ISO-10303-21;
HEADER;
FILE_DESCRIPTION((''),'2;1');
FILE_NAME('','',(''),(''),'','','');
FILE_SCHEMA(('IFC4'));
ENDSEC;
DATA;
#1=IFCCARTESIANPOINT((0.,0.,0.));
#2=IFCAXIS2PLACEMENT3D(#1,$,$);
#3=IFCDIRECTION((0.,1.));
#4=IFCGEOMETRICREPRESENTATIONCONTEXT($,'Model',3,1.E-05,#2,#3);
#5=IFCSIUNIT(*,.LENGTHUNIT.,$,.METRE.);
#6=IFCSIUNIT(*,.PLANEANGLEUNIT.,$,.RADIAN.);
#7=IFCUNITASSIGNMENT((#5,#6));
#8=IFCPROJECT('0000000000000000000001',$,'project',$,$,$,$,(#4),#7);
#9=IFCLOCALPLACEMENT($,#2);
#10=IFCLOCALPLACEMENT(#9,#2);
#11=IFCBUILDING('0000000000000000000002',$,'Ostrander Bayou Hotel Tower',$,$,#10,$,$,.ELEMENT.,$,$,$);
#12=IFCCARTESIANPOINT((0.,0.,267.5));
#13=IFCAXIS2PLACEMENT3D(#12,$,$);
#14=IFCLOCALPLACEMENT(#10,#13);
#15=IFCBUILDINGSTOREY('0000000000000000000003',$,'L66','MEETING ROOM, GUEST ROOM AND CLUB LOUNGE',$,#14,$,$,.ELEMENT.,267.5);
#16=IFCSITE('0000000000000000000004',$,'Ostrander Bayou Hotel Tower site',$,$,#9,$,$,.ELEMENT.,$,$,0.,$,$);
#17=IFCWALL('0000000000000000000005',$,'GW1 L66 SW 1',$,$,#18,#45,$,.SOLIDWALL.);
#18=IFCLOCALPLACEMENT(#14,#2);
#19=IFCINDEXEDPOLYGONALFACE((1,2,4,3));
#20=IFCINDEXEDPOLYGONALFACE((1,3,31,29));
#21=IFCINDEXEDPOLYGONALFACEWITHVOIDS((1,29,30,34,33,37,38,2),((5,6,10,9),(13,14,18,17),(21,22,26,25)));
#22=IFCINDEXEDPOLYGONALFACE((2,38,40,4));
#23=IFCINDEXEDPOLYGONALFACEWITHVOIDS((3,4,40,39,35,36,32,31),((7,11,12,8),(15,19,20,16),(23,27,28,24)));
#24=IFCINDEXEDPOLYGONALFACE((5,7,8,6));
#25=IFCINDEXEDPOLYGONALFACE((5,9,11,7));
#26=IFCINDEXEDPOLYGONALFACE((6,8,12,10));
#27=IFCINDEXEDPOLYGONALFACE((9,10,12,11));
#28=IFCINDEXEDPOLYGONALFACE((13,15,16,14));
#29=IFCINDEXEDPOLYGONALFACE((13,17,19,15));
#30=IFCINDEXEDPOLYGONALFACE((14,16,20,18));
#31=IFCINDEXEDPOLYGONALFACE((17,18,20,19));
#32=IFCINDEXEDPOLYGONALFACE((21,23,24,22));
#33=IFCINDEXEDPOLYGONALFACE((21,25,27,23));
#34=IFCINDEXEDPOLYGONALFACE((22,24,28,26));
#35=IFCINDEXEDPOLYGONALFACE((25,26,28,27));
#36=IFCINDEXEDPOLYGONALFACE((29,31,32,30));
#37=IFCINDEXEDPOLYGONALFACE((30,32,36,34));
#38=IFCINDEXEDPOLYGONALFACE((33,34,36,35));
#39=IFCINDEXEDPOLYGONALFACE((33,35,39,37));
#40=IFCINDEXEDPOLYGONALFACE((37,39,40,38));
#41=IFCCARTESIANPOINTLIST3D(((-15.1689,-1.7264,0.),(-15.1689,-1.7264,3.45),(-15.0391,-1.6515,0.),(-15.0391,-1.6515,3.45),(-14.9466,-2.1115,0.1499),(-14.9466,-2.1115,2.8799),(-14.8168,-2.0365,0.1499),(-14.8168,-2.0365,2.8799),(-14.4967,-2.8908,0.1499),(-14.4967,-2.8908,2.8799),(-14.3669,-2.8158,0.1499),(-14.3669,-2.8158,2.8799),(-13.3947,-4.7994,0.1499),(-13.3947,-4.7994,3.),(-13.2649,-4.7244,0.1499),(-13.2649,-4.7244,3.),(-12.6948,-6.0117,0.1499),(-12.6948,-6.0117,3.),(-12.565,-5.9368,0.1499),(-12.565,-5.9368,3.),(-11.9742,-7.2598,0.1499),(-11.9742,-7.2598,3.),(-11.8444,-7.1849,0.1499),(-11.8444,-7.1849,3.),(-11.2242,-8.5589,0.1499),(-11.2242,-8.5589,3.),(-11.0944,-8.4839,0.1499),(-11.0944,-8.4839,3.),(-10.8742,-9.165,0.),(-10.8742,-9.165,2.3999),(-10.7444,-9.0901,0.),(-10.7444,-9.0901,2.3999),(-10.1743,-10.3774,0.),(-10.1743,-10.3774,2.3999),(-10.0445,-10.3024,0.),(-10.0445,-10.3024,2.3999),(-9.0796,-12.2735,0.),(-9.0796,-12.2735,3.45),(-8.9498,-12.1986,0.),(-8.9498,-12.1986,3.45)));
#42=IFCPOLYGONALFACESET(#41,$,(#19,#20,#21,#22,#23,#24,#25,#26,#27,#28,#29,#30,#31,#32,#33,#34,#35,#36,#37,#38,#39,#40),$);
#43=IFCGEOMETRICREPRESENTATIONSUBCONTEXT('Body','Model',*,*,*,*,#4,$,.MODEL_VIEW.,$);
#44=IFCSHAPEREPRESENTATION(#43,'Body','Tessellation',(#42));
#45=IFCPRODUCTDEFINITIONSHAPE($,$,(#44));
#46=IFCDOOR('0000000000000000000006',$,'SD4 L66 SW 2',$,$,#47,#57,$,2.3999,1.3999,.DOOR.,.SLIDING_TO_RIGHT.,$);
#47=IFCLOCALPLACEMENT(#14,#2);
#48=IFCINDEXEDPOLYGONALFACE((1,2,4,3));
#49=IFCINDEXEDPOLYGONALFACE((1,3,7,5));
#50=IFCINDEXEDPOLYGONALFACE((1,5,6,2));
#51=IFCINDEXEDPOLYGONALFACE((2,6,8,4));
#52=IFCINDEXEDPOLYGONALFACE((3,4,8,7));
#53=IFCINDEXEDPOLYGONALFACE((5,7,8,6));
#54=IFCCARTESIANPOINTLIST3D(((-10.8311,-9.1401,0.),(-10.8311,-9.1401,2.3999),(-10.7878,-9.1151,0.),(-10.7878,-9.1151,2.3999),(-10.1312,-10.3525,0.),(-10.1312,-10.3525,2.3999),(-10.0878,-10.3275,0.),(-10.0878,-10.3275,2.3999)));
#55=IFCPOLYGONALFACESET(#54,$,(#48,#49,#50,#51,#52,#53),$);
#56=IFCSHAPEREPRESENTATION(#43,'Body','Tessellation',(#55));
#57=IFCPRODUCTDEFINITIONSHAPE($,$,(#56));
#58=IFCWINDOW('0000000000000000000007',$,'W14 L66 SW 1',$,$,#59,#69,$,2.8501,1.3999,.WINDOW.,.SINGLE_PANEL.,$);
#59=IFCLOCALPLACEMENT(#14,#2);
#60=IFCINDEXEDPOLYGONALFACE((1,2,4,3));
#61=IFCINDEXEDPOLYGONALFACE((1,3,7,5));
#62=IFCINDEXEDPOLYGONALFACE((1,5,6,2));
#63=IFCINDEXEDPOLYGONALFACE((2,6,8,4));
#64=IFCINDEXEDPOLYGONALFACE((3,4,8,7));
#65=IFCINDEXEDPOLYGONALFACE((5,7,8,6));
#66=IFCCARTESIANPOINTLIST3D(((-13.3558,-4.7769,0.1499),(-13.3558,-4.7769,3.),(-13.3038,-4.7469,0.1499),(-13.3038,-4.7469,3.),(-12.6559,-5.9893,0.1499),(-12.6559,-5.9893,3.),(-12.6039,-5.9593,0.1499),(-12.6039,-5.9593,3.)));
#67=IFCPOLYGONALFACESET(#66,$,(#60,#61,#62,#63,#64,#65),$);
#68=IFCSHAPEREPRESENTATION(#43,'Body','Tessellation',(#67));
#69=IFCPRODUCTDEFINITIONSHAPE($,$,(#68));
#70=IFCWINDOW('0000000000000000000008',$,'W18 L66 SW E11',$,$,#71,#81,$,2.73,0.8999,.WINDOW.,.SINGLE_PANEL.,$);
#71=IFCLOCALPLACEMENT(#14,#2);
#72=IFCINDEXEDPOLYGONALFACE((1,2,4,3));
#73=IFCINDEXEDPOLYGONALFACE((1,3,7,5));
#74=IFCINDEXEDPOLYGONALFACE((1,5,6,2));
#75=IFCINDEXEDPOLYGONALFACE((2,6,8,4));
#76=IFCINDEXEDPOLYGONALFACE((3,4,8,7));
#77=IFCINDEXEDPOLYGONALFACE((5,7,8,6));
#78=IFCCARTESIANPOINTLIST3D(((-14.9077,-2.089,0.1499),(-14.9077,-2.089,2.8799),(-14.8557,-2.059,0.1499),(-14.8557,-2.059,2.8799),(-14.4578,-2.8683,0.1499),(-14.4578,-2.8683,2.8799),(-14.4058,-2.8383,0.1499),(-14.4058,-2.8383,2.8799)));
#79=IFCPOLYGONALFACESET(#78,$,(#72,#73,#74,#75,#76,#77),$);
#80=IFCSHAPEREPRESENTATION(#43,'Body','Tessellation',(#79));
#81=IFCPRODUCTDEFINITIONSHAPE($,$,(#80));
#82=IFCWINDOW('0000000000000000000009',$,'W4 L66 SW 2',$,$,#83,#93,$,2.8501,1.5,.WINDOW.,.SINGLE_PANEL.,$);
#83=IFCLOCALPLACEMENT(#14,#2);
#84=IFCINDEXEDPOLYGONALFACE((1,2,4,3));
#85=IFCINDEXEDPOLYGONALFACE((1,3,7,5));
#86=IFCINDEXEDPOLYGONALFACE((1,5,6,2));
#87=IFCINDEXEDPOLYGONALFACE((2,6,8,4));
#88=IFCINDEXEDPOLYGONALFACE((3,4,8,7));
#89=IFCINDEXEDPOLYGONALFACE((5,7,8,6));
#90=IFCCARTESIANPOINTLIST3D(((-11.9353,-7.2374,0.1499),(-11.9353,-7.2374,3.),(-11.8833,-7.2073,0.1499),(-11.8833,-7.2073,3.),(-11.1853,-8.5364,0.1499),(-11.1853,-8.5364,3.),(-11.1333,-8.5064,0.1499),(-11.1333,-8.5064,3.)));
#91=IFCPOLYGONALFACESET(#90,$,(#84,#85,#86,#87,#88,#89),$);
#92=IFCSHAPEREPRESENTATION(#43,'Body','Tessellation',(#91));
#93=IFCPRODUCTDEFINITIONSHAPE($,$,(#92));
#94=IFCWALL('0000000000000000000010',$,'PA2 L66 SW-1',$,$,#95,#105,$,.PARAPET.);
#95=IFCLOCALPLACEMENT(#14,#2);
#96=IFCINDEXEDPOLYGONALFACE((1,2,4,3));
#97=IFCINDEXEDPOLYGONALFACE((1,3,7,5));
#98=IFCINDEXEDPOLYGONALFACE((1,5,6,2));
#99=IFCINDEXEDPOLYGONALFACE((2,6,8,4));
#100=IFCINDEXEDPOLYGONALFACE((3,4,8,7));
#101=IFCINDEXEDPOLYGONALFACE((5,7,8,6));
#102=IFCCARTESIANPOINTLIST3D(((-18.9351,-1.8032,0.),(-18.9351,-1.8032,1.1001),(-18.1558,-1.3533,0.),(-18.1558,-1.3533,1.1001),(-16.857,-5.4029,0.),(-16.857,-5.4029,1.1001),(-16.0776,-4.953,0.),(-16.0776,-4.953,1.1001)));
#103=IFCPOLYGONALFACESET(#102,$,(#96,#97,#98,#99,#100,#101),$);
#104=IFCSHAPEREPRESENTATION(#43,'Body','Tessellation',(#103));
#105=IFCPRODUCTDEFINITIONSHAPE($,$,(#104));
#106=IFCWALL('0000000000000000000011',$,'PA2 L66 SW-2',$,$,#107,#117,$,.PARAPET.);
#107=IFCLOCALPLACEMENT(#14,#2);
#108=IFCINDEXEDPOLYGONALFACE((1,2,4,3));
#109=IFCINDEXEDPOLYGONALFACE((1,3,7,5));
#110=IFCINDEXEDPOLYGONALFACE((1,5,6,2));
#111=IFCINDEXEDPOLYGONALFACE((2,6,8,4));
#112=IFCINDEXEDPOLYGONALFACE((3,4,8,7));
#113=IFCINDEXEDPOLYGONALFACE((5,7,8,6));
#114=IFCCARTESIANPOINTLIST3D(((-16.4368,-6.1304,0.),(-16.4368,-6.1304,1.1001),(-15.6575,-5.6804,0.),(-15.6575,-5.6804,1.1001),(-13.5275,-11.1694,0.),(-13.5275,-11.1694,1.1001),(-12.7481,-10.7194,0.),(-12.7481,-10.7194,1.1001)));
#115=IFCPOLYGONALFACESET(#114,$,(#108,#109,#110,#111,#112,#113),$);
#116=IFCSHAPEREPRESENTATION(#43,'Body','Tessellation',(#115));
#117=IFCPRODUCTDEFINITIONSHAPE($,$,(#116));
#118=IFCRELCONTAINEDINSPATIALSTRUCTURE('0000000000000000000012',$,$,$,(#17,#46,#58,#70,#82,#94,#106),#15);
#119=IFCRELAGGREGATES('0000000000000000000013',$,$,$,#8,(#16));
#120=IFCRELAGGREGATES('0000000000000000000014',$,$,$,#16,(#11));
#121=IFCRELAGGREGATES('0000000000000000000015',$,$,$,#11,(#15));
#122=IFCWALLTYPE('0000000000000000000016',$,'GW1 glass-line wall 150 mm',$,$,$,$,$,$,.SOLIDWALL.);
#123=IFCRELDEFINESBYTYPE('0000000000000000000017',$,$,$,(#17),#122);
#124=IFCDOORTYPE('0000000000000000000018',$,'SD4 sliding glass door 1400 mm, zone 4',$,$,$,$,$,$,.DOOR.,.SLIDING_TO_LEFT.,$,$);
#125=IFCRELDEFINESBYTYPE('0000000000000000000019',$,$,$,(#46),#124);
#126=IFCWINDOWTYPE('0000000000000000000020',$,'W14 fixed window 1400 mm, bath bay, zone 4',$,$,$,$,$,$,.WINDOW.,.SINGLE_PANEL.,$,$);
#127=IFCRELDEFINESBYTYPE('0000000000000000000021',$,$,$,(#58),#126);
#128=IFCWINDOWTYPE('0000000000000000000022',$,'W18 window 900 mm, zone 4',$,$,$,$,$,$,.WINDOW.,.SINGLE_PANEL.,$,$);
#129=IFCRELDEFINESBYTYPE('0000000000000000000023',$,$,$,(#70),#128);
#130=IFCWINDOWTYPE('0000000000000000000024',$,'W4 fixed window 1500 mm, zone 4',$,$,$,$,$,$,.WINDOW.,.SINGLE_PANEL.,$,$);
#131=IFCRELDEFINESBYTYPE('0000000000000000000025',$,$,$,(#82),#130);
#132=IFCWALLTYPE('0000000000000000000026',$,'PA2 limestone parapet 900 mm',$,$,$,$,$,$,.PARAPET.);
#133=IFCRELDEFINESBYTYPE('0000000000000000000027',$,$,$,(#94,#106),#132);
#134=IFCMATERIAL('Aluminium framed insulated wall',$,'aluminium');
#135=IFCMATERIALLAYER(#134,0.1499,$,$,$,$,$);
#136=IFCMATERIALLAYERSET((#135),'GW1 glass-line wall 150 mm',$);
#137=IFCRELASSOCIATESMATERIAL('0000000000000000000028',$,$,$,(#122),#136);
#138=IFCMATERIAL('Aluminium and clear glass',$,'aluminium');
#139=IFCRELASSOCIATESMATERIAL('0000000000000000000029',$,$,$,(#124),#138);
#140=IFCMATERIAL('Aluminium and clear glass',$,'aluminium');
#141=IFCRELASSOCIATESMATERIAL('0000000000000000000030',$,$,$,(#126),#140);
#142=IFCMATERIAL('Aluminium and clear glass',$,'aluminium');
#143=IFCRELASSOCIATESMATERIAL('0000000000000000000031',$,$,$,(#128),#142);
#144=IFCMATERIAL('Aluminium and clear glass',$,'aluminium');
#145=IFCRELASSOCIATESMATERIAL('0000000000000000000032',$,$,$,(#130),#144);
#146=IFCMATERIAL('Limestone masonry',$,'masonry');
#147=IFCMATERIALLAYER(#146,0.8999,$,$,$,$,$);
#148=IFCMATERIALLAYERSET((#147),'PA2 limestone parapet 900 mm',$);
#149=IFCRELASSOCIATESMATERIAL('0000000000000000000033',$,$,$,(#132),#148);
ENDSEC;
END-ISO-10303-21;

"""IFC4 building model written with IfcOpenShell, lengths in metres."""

from ifc_helpers import new_model, si_unit, direction, frame, frame_2d, origin, place, context, subcontext, project, spatial, rectangle, extrude, material, layer, layer_set, type_object, element, fill, save


model = new_model("IFC4")

# Units and contexts
model_context = context("Model", 3, precision=1e-05, world=origin(), true_north=direction((0.0, 1.0)))
body_context = subcontext(model_context, "Body", "Model", "MODEL_VIEW")
ifc_project = project(units=[si_unit("LENGTHUNIT", "METRE"), si_unit("PLANEANGLEUNIT", "RADIAN")], contexts=[model_context])

# Site, building, storey
site_placement = place(None, origin())
site = spatial("IfcSite", under=ifc_project, at=site_placement, Name="Ostrander Bayou Hotel Tower site", CompositionType="ELEMENT", RefElevation=0.0)
building_placement = place(site_placement, origin())
building = spatial("IfcBuilding", under=site, at=building_placement, Name="Ostrander Bayou Hotel Tower", CompositionType="ELEMENT")
storey_placement = place(building_placement, frame((0.0, 0.0, 267.5)))
storey = spatial("IfcBuildingStorey", under=building, at=storey_placement, Name="L66", Description="MEETING ROOM, GUEST ROOM AND CLUB LOUNGE", CompositionType="ELEMENT", Elevation=267.5)

# Wall, openings, door, windows
ifc_material_1 = material(Name="Aluminium framed insulated wall", Category="aluminium")
ifc_layer_1 = layer(ifc_material_1, 0.1499)
ifc_layer_set_1 = layer_set([ifc_layer_1], Name="GW1 glass-line wall 150 mm")
wall_type_1 = type_object("IfcWallType", Name="GW1 glass-line wall 150 mm", PredefinedType="SOLIDWALL", material=ifc_layer_set_1)
wall_1_placement = place(storey_placement, frame((-15.104, -1.689, 0.0), z_axis=(0.0, 0.0, 1.0), x_axis=(0.499998, -0.866026, 0.0)))
wall_1 = element("IfcWall", 1, at=wall_1_placement, inside=storey, type_object=wall_type_1, Name="GW1 L66 SW 1", PredefinedType="SOLIDWALL", context=body_context, shape_type="SweptSolid", body=[
    extrude(rectangle(XDim=12.1787, YDim=0.1499, at=frame_2d((6.0894, 0.0))), origin(), (0.0, 0.0, 1.0), 3.45),
])
opening_1_placement = place(wall_1_placement, frame((3.5483, 0.0, 0.1499)))
opening_1 = element("IfcOpeningElement", 2, at=opening_1_placement, cuts=wall_1, PredefinedType="OPENING", context=body_context, shape_type="SweptSolid", body=[
    extrude(rectangle(XDim=1.3999, YDim=2.8501, at=frame_2d((0.7, 1.425))), frame((0.0, 0.075, 0.0), z_axis=(0.0, -1.0, 0.0), x_axis=(1.0, 0.0, 0.0)), (0.0, 0.0, 1.0), 0.1499),
])
opening_2_placement = place(wall_1_placement, frame((6.3894, 0.0, 0.1499)))
opening_2 = element("IfcOpeningElement", 3, at=opening_2_placement, cuts=wall_1, PredefinedType="OPENING", context=body_context, shape_type="SweptSolid", body=[
    extrude(rectangle(XDim=1.5, YDim=2.8501, at=frame_2d((0.75, 1.425))), frame((0.0, 0.075, 0.0), z_axis=(0.0, -1.0, 0.0), x_axis=(1.0, 0.0, 0.0)), (0.0, 0.0, 1.0), 0.1499),
])
opening_3_placement = place(wall_1_placement, frame((8.5894, 0.0, 0.0)))
opening_3 = element("IfcOpeningElement", 4, at=opening_3_placement, cuts=wall_1, PredefinedType="OPENING", context=body_context, shape_type="SweptSolid", body=[
    extrude(rectangle(XDim=1.3999, YDim=2.3999, at=frame_2d((0.7, 1.2))), frame((0.0, 0.075, 0.0), z_axis=(0.0, -1.0, 0.0), x_axis=(1.0, 0.0, 0.0)), (0.0, 0.0, 1.0), 0.1499),
])
opening_4_placement = place(wall_1_placement, frame((0.4446, 0.0, 0.1499)))
opening_4 = element("IfcOpeningElement", 5, at=opening_4_placement, cuts=wall_1, PredefinedType="OPENING", context=body_context, shape_type="SweptSolid", body=[
    extrude(rectangle(XDim=0.8999, YDim=2.73, at=frame_2d((0.45, 1.365))), frame((0.0, 0.075, 0.0), z_axis=(0.0, -1.0, 0.0), x_axis=(1.0, 0.0, 0.0)), (0.0, 0.0, 1.0), 0.1499),
])
ifc_material_2 = material(Name="Aluminium and clear glass", Category="aluminium")
door_type_1 = type_object("IfcDoorType", Name="SD4 sliding glass door 1400 mm, zone 4", OperationType="SLIDING_TO_LEFT", PredefinedType="DOOR", material=ifc_material_2)
door_1_placement = place(opening_3_placement, origin())
door_1 = element("IfcDoor", 6, at=door_1_placement, inside=storey, type_object=door_type_1, Name="SD4 L66 SW 2", OperationType="SLIDING_TO_RIGHT", OverallHeight=2.3999, OverallWidth=1.3999, PredefinedType="DOOR", context=body_context, shape_type="SweptSolid", body=[
    extrude(rectangle(XDim=1.3999, YDim=2.3999, at=frame_2d((0.7, 1.2))), frame((0.0, 0.0249, 0.0), z_axis=(0.0, -1.0, 0.0), x_axis=(1.0, 0.0, 0.0)), (0.0, 0.0, 1.0), 0.05),
])
fill(opening_3, door_1)
ifc_material_3 = material(Name="Aluminium and clear glass", Category="aluminium")
window_type_1 = type_object("IfcWindowType", Name="W14 fixed window 1400 mm, bath bay, zone 4", PartitioningType="SINGLE_PANEL", PredefinedType="WINDOW", material=ifc_material_3)
window_1_placement = place(opening_1_placement, origin())
window_1 = element("IfcWindow", 7, at=window_1_placement, inside=storey, type_object=window_type_1, Name="W14 L66 SW 1", OverallHeight=2.8501, OverallWidth=1.3999, PartitioningType="SINGLE_PANEL", PredefinedType="WINDOW", context=body_context, shape_type="SweptSolid", body=[
    extrude(rectangle(XDim=1.3999, YDim=2.8501, at=frame_2d((0.7, 1.425))), frame((0.0, 0.03, 0.0), z_axis=(0.0, -1.0, 0.0), x_axis=(1.0, 0.0, 0.0)), (0.0, 0.0, 1.0), 0.0601),
])
fill(opening_1, window_1)
ifc_material_4 = material(Name="Aluminium and clear glass", Category="aluminium")
window_type_2 = type_object("IfcWindowType", Name="W18 window 900 mm, zone 4", PartitioningType="SINGLE_PANEL", PredefinedType="WINDOW", material=ifc_material_4)
window_2_placement = place(opening_4_placement, origin())
window_2 = element("IfcWindow", 8, at=window_2_placement, inside=storey, type_object=window_type_2, Name="W18 L66 SW E11", OverallHeight=2.73, OverallWidth=0.8999, PartitioningType="SINGLE_PANEL", PredefinedType="WINDOW", context=body_context, shape_type="SweptSolid", body=[
    extrude(rectangle(XDim=0.8999, YDim=2.73, at=frame_2d((0.45, 1.365))), frame((0.0, 0.03, 0.0), z_axis=(0.0, -1.0, 0.0), x_axis=(1.0, 0.0, 0.0)), (0.0, 0.0, 1.0), 0.0601),
])
fill(opening_4, window_2)
ifc_material_5 = material(Name="Aluminium and clear glass", Category="aluminium")
window_type_3 = type_object("IfcWindowType", Name="W4 fixed window 1500 mm, zone 4", PartitioningType="SINGLE_PANEL", PredefinedType="WINDOW", material=ifc_material_5)
window_3_placement = place(opening_2_placement, origin())
window_3 = element("IfcWindow", 9, at=window_3_placement, inside=storey, type_object=window_type_3, Name="W4 L66 SW 2", OverallHeight=2.8501, OverallWidth=1.5, PartitioningType="SINGLE_PANEL", PredefinedType="WINDOW", context=body_context, shape_type="SweptSolid", body=[
    extrude(rectangle(XDim=1.5, YDim=2.8501, at=frame_2d((0.75, 1.425))), frame((0.0, 0.03, 0.0), z_axis=(0.0, -1.0, 0.0), x_axis=(1.0, 0.0, 0.0)), (0.0, 0.0, 1.0), 0.0601),
])
fill(opening_2, window_3)

# Walls
ifc_material_6 = material(Name="Limestone masonry", Category="masonry")
ifc_layer_2 = layer(ifc_material_6, 0.8999)
ifc_layer_set_2 = layer_set([ifc_layer_2], Name="PA2 limestone parapet 900 mm")
wall_type_2 = type_object("IfcWallType", Name="PA2 limestone parapet 900 mm", PredefinedType="PARAPET", material=ifc_layer_set_2)
wall_2_placement = place(storey_placement, frame((-18.5454, -1.5784, 0.0), z_axis=(0.0, 0.0, 1.0), x_axis=(0.49998, -0.866037, 0.0)))
element("IfcWall", 10, at=wall_2_placement, inside=storey, type_object=wall_type_2, Name="PA2 L66 SW-1", PredefinedType="PARAPET", context=body_context, shape_type="SweptSolid", body=[
    extrude(rectangle(XDim=4.1565, YDim=0.8999, at=frame_2d((2.0781, 0.0))), origin(), (0.0, 0.0, 1.0), 1.1001),
])
wall_3_placement = place(storey_placement, frame((-16.0471, -5.9055, 0.0), z_axis=(0.0, 0.0, 1.0), x_axis=(0.500015, -0.866016, 0.0)))
element("IfcWall", 11, at=wall_3_placement, inside=storey, type_object=wall_type_2, Name="PA2 L66 SW-2", PredefinedType="PARAPET", context=body_context, shape_type="SweptSolid", body=[
    extrude(rectangle(XDim=5.8186, YDim=0.8999, at=frame_2d((2.9092, 0.0))), origin(), (0.0, 0.0, 1.0), 1.1001),
])

save(model, "model.ifc")
